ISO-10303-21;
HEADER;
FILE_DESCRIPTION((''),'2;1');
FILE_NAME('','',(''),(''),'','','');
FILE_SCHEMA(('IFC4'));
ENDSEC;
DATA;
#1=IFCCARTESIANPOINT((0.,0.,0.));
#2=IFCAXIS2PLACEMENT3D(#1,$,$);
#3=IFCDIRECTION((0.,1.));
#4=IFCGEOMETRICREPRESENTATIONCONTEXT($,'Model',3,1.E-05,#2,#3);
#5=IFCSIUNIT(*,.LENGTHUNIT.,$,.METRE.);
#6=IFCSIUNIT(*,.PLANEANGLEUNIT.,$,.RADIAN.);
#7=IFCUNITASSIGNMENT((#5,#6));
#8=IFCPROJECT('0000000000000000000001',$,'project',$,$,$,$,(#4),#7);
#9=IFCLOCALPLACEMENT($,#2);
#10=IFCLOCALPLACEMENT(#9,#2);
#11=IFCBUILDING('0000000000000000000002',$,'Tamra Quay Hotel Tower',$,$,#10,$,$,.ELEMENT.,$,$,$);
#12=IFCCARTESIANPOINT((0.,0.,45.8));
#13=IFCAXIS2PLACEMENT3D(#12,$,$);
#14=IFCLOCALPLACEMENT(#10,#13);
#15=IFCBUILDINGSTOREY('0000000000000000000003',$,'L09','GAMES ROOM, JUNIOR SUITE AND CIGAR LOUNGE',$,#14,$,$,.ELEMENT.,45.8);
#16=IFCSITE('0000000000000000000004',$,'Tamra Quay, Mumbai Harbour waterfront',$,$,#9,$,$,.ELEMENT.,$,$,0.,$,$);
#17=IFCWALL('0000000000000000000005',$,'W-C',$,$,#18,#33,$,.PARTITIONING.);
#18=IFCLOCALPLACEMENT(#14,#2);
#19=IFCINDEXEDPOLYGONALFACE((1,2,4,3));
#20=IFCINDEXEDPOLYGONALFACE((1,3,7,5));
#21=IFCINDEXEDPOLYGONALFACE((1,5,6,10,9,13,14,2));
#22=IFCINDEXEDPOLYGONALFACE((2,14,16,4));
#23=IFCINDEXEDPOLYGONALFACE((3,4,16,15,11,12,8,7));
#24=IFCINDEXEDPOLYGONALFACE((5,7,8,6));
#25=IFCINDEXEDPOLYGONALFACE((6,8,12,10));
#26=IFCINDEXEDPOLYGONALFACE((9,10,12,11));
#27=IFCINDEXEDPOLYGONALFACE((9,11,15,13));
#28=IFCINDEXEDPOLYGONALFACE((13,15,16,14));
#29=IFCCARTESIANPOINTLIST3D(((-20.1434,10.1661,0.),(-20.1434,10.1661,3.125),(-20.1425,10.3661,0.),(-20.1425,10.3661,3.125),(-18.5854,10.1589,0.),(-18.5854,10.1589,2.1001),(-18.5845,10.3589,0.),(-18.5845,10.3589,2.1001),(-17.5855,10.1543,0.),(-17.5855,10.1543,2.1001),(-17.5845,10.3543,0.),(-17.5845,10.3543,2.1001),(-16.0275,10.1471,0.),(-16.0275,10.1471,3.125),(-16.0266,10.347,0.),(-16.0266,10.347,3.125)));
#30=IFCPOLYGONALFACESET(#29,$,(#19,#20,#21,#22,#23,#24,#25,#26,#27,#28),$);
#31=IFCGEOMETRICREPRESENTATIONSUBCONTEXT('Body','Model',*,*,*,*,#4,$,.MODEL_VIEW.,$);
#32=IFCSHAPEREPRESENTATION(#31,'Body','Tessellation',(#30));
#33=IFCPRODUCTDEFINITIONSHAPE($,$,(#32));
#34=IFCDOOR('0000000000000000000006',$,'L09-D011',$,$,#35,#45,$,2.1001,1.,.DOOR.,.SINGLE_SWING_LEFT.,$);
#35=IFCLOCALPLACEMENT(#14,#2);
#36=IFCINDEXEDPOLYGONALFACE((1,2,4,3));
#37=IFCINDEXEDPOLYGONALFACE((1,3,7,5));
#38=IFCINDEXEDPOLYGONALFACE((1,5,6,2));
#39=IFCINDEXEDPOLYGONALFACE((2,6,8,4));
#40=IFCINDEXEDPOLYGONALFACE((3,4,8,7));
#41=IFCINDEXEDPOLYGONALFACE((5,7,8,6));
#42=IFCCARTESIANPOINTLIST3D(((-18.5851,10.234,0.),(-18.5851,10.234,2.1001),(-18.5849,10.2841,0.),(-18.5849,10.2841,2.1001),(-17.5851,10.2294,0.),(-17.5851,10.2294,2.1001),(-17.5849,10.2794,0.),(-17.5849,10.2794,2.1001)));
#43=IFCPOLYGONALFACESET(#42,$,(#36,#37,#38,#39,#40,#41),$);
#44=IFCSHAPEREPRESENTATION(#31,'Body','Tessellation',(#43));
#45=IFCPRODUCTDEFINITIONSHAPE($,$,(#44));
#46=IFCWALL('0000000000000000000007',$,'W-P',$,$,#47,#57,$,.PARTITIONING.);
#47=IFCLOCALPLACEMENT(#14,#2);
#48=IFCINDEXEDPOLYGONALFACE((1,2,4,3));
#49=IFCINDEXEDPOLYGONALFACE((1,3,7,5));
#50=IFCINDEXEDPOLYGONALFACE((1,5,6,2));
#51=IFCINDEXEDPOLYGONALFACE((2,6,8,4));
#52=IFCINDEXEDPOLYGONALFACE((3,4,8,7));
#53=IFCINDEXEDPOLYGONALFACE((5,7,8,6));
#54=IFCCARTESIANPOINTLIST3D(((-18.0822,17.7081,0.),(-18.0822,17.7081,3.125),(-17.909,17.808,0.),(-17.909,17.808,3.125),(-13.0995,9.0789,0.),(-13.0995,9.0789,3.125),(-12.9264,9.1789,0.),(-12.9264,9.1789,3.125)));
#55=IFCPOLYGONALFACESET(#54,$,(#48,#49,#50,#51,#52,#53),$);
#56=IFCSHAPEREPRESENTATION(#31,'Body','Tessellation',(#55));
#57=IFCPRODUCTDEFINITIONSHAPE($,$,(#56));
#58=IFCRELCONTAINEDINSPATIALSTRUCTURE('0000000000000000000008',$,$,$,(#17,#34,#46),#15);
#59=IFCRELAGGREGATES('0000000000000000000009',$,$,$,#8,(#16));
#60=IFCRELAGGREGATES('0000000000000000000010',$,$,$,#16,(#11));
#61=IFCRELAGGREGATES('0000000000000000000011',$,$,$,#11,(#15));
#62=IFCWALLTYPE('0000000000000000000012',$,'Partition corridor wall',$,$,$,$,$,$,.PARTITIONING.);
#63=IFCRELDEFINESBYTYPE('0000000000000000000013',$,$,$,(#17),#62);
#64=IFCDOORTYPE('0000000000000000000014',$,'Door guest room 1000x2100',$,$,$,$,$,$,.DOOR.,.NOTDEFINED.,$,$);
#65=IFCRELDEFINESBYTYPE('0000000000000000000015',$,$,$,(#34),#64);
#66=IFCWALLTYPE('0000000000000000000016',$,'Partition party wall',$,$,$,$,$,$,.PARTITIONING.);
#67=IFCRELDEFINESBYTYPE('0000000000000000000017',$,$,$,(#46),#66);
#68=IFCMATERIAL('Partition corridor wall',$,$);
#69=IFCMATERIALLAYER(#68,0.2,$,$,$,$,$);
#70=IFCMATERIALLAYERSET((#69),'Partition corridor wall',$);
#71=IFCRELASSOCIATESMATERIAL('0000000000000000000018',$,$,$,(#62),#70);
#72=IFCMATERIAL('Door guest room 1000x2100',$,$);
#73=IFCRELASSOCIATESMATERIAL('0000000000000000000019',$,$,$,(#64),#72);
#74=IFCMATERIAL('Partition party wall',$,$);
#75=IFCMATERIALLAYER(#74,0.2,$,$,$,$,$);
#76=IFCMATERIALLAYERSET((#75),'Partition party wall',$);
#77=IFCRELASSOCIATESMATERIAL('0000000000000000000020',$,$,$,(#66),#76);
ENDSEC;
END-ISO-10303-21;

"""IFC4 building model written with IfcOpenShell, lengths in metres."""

from ifc_helpers import new_model, si_unit, direction, frame, frame_2d, origin, place, context, subcontext, project, spatial, rectangle, extrude, material, layer, layer_set, type_object, element, fill, save


model = new_model("IFC4")

# Units and contexts
model_context = context("Model", 3, precision=1e-05, world=origin(), true_north=direction((0.0, 1.0)))
body_context = subcontext(model_context, "Body", "Model", "MODEL_VIEW")
ifc_project = project(units=[si_unit("LENGTHUNIT", "METRE"), si_unit("PLANEANGLEUNIT", "RADIAN")], contexts=[model_context])

# Site, building, storey
site_placement = place(None, origin())
site = spatial("IfcSite", under=ifc_project, at=site_placement, Name="Tamra Quay, Mumbai Harbour waterfront", CompositionType="ELEMENT", RefElevation=0.0)
building_placement = place(site_placement, origin())
building = spatial("IfcBuilding", under=site, at=building_placement, Name="Tamra Quay Hotel Tower", CompositionType="ELEMENT")
storey_placement = place(building_placement, frame((0.0, 0.0, 45.8)))
storey = spatial("IfcBuildingStorey", under=building, at=storey_placement, Name="L09", Description="GAMES ROOM, JUNIOR SUITE AND CIGAR LOUNGE", CompositionType="ELEMENT", Elevation=45.8)

# Shared definitions
ifc_material_1 = material(Name="Partition corridor wall")
ifc_layer_1 = layer(ifc_material_1, 0.2)
ifc_layer_set_1 = layer_set([ifc_layer_1], Name="Partition corridor wall")
wall_type_1 = type_object("IfcWallType", Name="Partition corridor wall", PredefinedType="PARTITIONING", material=ifc_layer_set_1)

# Wall, opening, door
wall_1_placement = place(storey_placement, frame((-20.1431, 10.2661, 0.0), z_axis=(0.0, 0.0, 1.0), x_axis=(0.999989, -0.004627, 0.0)))
wall_1 = element("IfcWall", 1, at=wall_1_placement, inside=storey, type_object=wall_type_1, Name="W-C", PredefinedType="PARTITIONING", context=body_context, shape_type="SweptSolid", body=[
    extrude(rectangle(XDim=4.116, YDim=0.2, at=frame_2d((2.0581, 0.0))), origin(), (0.0, 0.0, 1.0), 3.125),
])
opening_1_placement = place(wall_1_placement, frame((1.5581, 0.0, 0.0)))
opening_1 = element("IfcOpeningElement", 2, at=opening_1_placement, cuts=wall_1, PredefinedType="OPENING", context=body_context, shape_type="SweptSolid", body=[
    extrude(rectangle(XDim=1.0, YDim=2.1001, at=frame_2d((0.5, 1.05))), frame((0.0, 0.1099, 0.0), z_axis=(0.0, -1.0, 0.0), x_axis=(1.0, 0.0, 0.0)), (0.0, 0.0, 1.0), 0.22),
])
ifc_material_2 = material(Name="Door guest room 1000x2100")
door_type_1 = type_object("IfcDoorType", Name="Door guest room 1000x2100", OperationType="NOTDEFINED", PredefinedType="DOOR", material=ifc_material_2)
door_1_placement = place(opening_1_placement, frame((1.0, 0.0, 0.0), z_axis=(0.0, 0.0, 1.0), x_axis=(-1.0, 0.0, 0.0)))
door_1 = element("IfcDoor", 3, at=door_1_placement, inside=storey, type_object=door_type_1, Name="L09-D011", OperationType="SINGLE_SWING_LEFT", OverallHeight=2.1001, OverallWidth=1.0, PredefinedType="DOOR", context=body_context, shape_type="SweptSolid", body=[
    extrude(rectangle(XDim=1.0, YDim=2.1001, at=frame_2d((0.5, 1.05))), frame((0.0, 0.0249, 0.0), z_axis=(0.0, -1.0, 0.0), x_axis=(1.0, 0.0, 0.0)), (0.0, 0.0, 1.0), 0.05),
])
fill(opening_1, door_1)

# Wall
ifc_material_3 = material(Name="Partition party wall")
ifc_layer_2 = layer(ifc_material_3, 0.2)
ifc_layer_set_2 = layer_set([ifc_layer_2], Name="Partition party wall")
wall_type_2 = type_object("IfcWallType", Name="Partition party wall", PredefinedType="PARTITIONING", material=ifc_layer_set_2)
wall_2_placement = place(storey_placement, frame((-17.9956, 17.7581, 0.0), z_axis=(0.0, 0.0, 1.0), x_axis=(0.500047, -0.865998, 0.0)))
element("IfcWall", 4, at=wall_2_placement, inside=storey, type_object=wall_type_2, Name="W-P", PredefinedType="PARTITIONING", context=body_context, shape_type="SweptSolid", body=[
    extrude(rectangle(XDim=9.9644, YDim=0.2, at=frame_2d((4.9822, 0.0))), origin(), (0.0, 0.0, 1.0), 3.125),
])

save(model, "model.ifc")
